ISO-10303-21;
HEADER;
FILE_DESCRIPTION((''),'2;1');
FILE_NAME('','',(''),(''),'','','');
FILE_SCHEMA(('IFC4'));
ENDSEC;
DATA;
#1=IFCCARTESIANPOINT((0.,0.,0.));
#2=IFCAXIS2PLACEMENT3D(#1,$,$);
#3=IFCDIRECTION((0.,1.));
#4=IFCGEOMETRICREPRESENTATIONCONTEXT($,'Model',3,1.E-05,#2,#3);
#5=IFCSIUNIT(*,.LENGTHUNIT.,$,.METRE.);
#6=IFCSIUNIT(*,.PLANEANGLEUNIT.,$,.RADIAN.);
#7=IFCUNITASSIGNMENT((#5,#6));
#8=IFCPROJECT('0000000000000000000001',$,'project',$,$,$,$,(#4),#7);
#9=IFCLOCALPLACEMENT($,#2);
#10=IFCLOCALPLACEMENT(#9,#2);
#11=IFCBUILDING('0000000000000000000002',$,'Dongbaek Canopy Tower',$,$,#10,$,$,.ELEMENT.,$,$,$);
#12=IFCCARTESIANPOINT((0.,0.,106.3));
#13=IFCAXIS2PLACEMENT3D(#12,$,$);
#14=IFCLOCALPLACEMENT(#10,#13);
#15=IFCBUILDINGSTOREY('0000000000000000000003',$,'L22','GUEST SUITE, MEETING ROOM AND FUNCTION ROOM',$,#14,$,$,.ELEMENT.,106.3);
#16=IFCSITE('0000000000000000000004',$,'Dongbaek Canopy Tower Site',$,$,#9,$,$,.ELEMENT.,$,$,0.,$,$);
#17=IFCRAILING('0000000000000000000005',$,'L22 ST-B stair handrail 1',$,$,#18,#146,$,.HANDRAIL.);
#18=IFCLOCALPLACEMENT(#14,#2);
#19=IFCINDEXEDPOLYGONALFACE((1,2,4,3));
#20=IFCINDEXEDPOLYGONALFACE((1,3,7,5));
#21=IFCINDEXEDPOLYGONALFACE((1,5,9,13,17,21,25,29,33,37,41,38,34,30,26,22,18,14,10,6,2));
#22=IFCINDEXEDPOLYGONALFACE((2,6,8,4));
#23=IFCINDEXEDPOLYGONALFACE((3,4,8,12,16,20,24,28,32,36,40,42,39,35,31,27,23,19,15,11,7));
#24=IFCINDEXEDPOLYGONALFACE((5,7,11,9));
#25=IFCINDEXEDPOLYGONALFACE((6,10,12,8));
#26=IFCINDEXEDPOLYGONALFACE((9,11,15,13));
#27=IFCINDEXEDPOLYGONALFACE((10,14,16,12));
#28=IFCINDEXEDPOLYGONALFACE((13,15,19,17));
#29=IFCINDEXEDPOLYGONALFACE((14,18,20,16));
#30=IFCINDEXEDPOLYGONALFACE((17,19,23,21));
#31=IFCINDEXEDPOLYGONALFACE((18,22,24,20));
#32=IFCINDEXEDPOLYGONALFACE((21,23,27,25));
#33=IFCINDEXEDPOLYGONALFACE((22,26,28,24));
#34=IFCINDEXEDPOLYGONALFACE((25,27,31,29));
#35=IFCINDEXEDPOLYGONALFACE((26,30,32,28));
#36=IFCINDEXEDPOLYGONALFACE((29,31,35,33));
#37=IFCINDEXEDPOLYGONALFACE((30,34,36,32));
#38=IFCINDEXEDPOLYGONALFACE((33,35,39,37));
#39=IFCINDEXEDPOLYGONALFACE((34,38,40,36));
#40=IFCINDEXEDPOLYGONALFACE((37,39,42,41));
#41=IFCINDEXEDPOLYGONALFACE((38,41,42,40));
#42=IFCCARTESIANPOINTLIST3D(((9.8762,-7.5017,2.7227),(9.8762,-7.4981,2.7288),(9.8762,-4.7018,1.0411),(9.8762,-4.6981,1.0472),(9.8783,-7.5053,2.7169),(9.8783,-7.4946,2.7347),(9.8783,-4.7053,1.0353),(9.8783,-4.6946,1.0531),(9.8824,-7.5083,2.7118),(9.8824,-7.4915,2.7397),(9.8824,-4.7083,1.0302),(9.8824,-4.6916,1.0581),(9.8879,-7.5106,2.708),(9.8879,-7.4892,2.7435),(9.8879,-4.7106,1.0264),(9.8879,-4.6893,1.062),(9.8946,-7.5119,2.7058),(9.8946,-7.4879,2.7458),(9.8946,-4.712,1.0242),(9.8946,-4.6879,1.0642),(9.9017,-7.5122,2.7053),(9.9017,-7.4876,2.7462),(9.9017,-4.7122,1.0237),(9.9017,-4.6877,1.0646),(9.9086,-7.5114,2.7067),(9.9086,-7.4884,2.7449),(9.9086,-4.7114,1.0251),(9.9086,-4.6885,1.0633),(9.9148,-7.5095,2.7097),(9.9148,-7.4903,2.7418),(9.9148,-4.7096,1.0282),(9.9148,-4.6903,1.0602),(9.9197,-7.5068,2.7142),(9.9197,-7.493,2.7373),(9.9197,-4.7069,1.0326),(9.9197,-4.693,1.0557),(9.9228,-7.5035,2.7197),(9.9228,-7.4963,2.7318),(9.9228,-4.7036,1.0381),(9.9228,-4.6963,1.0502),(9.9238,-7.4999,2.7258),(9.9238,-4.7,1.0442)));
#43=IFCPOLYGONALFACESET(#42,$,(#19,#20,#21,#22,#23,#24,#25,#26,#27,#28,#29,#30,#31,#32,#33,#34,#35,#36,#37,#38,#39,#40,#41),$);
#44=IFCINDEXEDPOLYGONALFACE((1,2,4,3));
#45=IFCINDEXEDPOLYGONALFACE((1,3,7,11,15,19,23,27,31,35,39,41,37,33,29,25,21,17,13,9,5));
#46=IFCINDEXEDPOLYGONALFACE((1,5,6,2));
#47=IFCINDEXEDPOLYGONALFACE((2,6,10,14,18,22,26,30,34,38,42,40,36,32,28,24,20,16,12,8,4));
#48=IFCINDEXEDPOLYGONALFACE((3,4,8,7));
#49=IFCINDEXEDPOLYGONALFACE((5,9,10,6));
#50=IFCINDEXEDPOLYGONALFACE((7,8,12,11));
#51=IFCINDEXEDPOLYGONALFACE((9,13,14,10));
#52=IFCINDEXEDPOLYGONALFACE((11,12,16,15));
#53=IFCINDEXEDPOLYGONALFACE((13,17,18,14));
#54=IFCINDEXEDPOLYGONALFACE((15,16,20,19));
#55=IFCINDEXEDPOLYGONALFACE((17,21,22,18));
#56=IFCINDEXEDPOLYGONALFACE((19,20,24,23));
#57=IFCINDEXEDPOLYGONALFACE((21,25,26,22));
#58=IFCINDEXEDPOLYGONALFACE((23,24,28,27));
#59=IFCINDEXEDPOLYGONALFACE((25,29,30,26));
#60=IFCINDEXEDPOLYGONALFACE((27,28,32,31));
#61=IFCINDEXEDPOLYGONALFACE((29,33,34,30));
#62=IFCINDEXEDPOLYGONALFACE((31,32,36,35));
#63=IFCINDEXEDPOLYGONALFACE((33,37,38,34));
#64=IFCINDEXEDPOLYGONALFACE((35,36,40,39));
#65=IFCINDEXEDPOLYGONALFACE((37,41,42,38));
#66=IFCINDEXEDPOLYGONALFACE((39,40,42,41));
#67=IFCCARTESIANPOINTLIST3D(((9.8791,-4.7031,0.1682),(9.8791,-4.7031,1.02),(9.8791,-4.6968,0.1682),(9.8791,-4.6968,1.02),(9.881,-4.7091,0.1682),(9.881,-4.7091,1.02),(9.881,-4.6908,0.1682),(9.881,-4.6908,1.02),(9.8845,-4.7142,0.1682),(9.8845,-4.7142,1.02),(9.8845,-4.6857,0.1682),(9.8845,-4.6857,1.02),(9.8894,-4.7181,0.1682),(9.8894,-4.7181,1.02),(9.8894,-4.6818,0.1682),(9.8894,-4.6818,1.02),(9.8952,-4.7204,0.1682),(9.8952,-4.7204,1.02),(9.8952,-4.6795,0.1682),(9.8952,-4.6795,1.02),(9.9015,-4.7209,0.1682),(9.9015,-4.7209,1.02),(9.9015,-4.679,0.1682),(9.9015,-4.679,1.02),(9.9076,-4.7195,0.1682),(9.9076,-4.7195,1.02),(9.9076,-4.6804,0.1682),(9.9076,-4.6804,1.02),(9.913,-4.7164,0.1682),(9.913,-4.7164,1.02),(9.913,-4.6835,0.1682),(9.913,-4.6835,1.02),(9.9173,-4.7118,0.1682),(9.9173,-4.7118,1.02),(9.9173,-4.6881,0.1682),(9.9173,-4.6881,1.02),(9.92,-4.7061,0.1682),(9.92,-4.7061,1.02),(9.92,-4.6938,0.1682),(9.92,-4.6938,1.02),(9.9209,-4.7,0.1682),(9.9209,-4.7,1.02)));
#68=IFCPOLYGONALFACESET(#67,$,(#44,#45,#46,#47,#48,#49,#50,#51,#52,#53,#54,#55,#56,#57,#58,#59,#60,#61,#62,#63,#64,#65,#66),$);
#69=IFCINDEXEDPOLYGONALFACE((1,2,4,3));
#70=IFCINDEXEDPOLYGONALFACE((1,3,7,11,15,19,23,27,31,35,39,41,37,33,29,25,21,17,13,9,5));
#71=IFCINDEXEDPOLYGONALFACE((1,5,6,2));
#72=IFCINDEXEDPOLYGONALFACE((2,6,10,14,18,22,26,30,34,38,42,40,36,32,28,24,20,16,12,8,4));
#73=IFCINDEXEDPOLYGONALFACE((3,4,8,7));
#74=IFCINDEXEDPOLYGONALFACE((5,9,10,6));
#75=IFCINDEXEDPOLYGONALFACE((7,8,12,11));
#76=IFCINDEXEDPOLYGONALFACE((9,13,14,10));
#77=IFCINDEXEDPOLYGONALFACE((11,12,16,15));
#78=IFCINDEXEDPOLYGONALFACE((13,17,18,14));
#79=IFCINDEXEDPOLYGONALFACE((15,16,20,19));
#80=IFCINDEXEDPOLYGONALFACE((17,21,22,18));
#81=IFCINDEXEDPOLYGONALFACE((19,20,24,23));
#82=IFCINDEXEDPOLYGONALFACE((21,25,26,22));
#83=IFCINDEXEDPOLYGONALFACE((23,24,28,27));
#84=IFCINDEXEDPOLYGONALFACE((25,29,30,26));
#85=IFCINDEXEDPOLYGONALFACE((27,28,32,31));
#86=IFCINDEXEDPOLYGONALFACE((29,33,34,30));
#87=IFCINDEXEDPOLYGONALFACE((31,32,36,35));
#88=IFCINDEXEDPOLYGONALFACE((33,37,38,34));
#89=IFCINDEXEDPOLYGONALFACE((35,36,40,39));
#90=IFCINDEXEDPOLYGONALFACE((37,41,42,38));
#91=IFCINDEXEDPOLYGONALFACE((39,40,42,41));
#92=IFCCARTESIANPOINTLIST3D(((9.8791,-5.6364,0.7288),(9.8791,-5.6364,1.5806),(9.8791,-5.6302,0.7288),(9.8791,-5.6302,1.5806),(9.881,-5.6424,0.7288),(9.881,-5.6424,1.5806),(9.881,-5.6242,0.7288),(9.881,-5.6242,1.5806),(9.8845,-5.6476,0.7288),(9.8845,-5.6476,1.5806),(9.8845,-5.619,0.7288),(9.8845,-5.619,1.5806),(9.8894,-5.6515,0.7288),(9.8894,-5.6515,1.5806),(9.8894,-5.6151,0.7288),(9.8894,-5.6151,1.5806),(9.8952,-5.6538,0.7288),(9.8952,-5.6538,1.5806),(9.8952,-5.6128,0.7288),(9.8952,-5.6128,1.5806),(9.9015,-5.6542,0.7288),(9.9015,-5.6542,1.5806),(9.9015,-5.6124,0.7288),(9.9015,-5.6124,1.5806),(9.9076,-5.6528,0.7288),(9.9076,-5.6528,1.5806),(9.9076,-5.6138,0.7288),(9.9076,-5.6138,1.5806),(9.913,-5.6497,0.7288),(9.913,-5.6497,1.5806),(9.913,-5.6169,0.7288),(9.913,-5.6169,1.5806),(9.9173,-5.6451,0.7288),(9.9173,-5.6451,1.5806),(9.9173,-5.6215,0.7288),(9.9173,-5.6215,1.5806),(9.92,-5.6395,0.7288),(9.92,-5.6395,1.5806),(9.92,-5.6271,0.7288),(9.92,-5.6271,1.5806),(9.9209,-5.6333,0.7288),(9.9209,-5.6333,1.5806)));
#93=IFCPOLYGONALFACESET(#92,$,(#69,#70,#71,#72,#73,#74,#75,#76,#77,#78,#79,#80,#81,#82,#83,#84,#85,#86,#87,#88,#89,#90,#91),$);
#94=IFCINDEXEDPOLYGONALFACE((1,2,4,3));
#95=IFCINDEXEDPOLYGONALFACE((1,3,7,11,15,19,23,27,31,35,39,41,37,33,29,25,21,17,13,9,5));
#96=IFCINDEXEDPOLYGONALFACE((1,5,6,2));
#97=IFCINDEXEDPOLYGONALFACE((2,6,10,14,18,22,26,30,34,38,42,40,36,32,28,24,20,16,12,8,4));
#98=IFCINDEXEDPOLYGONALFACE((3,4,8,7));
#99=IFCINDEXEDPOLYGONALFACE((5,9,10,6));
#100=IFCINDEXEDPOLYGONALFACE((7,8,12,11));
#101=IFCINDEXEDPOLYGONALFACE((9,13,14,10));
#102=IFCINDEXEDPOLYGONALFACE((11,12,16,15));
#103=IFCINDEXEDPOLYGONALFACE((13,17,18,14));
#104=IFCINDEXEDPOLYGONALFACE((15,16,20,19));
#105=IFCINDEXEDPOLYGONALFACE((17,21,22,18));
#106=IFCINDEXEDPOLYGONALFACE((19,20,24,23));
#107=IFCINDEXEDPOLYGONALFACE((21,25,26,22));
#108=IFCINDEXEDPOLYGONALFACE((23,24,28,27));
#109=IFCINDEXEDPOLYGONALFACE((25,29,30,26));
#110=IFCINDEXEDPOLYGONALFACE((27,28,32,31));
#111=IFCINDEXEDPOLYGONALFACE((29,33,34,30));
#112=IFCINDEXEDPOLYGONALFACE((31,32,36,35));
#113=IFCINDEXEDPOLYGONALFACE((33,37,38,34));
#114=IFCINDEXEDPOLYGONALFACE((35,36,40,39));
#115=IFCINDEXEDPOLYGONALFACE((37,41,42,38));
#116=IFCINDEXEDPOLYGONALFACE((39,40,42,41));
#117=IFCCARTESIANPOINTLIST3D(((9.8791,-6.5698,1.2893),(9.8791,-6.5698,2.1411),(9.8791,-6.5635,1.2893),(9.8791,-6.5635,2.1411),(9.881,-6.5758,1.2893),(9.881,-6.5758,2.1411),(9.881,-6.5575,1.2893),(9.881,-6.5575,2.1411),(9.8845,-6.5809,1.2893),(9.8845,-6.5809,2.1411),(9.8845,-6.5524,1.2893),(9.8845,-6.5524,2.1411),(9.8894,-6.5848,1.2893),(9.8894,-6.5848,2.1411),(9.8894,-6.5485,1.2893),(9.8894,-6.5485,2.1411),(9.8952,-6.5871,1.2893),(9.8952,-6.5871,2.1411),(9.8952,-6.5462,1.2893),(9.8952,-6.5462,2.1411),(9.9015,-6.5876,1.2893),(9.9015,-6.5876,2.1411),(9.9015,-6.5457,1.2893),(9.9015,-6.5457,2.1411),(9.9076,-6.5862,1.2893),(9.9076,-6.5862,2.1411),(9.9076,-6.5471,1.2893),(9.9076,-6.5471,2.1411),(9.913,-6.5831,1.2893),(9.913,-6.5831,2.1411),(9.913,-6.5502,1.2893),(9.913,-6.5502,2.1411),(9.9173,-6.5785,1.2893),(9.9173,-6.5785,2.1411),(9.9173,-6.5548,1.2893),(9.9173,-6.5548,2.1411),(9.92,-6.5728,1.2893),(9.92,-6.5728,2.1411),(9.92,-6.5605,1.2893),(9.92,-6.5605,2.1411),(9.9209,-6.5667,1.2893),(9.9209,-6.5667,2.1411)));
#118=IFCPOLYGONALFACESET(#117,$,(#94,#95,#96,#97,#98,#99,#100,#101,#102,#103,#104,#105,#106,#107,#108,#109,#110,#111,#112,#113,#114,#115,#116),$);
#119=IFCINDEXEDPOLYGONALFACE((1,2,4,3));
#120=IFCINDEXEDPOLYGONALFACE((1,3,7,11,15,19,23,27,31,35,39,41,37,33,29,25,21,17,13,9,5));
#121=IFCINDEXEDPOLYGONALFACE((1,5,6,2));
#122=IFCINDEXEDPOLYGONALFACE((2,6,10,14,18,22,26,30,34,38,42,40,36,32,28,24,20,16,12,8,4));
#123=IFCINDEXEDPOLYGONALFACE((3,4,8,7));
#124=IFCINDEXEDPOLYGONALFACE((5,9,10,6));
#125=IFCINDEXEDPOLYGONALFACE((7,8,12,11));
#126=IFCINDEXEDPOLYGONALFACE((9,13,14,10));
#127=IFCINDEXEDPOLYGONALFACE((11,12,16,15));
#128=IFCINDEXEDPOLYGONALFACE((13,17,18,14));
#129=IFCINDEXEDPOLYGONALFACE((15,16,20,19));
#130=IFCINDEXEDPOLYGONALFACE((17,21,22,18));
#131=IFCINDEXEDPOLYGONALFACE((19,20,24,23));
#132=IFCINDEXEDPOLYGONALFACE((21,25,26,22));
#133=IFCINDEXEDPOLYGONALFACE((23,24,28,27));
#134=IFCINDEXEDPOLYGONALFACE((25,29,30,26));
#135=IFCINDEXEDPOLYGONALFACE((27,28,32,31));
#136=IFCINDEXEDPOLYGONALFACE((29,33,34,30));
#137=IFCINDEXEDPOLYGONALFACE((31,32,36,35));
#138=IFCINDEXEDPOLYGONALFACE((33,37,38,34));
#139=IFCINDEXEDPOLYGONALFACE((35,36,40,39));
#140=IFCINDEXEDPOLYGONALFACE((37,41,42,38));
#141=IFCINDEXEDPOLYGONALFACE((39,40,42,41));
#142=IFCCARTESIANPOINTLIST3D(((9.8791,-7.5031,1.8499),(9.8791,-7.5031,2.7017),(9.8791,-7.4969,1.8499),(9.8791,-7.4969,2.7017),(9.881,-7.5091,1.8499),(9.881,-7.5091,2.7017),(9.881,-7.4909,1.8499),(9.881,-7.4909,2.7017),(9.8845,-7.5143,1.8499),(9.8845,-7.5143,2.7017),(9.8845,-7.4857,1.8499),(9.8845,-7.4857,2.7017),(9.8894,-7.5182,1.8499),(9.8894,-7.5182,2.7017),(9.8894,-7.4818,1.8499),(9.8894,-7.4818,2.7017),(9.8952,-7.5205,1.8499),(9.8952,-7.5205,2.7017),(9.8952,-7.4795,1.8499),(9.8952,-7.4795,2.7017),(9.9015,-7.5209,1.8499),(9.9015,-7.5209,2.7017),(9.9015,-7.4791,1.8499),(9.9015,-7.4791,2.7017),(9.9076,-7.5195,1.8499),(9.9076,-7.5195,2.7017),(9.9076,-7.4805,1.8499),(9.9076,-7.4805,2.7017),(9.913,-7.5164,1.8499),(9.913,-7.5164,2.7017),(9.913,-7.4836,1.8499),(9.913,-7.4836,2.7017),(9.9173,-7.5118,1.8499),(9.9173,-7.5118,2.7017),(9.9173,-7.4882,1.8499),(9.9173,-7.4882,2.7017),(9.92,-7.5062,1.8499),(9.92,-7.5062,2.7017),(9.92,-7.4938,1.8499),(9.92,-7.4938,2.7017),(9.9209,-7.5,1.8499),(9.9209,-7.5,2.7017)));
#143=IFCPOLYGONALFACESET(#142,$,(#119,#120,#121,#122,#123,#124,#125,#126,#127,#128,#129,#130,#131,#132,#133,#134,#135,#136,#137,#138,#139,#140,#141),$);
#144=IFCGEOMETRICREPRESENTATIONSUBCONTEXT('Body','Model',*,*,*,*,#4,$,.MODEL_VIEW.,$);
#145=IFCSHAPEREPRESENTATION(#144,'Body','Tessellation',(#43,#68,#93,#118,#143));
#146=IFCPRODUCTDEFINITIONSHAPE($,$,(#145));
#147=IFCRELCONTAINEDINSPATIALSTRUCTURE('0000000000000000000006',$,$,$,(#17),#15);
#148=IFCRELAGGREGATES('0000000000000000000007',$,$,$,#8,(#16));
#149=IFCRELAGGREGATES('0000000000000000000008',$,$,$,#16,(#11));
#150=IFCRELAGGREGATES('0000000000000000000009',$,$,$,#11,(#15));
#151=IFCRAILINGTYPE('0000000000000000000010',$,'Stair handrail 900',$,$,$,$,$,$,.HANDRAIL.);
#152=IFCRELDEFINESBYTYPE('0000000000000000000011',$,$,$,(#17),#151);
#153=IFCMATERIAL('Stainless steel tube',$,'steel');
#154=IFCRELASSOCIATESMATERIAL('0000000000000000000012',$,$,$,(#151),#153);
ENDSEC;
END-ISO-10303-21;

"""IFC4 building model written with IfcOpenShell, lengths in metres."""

from ifc_helpers import new_model, si_unit, direction, frame, origin, origin_2d, place, context, subcontext, project, spatial, circle, extrude, material, type_object, element, save


model = new_model("IFC4")

# Units and contexts
model_context = context("Model", 3, precision=1e-05, world=origin(), true_north=direction((0.0, 1.0)))
body_context = subcontext(model_context, "Body", "Model", "MODEL_VIEW")
ifc_project = project(units=[si_unit("LENGTHUNIT", "METRE"), si_unit("PLANEANGLEUNIT", "RADIAN")], contexts=[model_context])

# Site, building, storey
site_placement = place(None, origin())
site = spatial("IfcSite", under=ifc_project, at=site_placement, Name="Dongbaek Canopy Tower Site", CompositionType="ELEMENT", RefElevation=0.0)
building_placement = place(site_placement, origin())
building = spatial("IfcBuilding", under=site, at=building_placement, Name="Dongbaek Canopy Tower", CompositionType="ELEMENT")
storey_placement = place(building_placement, frame((0.0, 0.0, 106.3)))
storey = spatial("IfcBuildingStorey", under=building, at=storey_placement, Name="L22", Description="GUEST SUITE, MEETING ROOM AND FUNCTION ROOM", CompositionType="ELEMENT", Elevation=106.3)

# Railing
ifc_material_1 = material(Name="Stainless steel tube", Category="steel")
railing_type_1 = type_object("IfcRailingType", Name="Stair handrail 900", PredefinedType="HANDRAIL", material=ifc_material_1)
railing_1_placement = place(storey_placement, frame((9.8999, -4.7, 0.1682)))
element("IfcRailing", 1, at=railing_1_placement, inside=storey, type_object=railing_type_1, Name="L22 ST-B stair handrail 1", PredefinedType="HANDRAIL", context=body_context, shape_type="SweptSolid", body=[
    extrude(circle(Radius=0.0239, at=origin_2d()), frame((0.0, 0.0, 0.876), z_axis=(0.0, -0.857275, 0.514858), x_axis=(1.0, 0.0, 0.0)), (0.0, 0.0, 1.0), 3.2661),
    extrude(circle(Radius=0.021, at=origin_2d()), origin(), (0.0, 0.0, 1.0), 0.8518),
    extrude(circle(Radius=0.021, at=origin_2d()), frame((0.0, -0.9333, 0.5605)), (0.0, 0.0, 1.0), 0.8518),
    extrude(circle(Radius=0.021, at=origin_2d()), frame((0.0, -1.8667, 1.1211)), (0.0, 0.0, 1.0), 0.8518),
    extrude(circle(Radius=0.021, at=origin_2d()), frame((0.0, -2.8, 1.6816)), (0.0, 0.0, 1.0), 0.8518),
])

save(model, "model.ifc")
